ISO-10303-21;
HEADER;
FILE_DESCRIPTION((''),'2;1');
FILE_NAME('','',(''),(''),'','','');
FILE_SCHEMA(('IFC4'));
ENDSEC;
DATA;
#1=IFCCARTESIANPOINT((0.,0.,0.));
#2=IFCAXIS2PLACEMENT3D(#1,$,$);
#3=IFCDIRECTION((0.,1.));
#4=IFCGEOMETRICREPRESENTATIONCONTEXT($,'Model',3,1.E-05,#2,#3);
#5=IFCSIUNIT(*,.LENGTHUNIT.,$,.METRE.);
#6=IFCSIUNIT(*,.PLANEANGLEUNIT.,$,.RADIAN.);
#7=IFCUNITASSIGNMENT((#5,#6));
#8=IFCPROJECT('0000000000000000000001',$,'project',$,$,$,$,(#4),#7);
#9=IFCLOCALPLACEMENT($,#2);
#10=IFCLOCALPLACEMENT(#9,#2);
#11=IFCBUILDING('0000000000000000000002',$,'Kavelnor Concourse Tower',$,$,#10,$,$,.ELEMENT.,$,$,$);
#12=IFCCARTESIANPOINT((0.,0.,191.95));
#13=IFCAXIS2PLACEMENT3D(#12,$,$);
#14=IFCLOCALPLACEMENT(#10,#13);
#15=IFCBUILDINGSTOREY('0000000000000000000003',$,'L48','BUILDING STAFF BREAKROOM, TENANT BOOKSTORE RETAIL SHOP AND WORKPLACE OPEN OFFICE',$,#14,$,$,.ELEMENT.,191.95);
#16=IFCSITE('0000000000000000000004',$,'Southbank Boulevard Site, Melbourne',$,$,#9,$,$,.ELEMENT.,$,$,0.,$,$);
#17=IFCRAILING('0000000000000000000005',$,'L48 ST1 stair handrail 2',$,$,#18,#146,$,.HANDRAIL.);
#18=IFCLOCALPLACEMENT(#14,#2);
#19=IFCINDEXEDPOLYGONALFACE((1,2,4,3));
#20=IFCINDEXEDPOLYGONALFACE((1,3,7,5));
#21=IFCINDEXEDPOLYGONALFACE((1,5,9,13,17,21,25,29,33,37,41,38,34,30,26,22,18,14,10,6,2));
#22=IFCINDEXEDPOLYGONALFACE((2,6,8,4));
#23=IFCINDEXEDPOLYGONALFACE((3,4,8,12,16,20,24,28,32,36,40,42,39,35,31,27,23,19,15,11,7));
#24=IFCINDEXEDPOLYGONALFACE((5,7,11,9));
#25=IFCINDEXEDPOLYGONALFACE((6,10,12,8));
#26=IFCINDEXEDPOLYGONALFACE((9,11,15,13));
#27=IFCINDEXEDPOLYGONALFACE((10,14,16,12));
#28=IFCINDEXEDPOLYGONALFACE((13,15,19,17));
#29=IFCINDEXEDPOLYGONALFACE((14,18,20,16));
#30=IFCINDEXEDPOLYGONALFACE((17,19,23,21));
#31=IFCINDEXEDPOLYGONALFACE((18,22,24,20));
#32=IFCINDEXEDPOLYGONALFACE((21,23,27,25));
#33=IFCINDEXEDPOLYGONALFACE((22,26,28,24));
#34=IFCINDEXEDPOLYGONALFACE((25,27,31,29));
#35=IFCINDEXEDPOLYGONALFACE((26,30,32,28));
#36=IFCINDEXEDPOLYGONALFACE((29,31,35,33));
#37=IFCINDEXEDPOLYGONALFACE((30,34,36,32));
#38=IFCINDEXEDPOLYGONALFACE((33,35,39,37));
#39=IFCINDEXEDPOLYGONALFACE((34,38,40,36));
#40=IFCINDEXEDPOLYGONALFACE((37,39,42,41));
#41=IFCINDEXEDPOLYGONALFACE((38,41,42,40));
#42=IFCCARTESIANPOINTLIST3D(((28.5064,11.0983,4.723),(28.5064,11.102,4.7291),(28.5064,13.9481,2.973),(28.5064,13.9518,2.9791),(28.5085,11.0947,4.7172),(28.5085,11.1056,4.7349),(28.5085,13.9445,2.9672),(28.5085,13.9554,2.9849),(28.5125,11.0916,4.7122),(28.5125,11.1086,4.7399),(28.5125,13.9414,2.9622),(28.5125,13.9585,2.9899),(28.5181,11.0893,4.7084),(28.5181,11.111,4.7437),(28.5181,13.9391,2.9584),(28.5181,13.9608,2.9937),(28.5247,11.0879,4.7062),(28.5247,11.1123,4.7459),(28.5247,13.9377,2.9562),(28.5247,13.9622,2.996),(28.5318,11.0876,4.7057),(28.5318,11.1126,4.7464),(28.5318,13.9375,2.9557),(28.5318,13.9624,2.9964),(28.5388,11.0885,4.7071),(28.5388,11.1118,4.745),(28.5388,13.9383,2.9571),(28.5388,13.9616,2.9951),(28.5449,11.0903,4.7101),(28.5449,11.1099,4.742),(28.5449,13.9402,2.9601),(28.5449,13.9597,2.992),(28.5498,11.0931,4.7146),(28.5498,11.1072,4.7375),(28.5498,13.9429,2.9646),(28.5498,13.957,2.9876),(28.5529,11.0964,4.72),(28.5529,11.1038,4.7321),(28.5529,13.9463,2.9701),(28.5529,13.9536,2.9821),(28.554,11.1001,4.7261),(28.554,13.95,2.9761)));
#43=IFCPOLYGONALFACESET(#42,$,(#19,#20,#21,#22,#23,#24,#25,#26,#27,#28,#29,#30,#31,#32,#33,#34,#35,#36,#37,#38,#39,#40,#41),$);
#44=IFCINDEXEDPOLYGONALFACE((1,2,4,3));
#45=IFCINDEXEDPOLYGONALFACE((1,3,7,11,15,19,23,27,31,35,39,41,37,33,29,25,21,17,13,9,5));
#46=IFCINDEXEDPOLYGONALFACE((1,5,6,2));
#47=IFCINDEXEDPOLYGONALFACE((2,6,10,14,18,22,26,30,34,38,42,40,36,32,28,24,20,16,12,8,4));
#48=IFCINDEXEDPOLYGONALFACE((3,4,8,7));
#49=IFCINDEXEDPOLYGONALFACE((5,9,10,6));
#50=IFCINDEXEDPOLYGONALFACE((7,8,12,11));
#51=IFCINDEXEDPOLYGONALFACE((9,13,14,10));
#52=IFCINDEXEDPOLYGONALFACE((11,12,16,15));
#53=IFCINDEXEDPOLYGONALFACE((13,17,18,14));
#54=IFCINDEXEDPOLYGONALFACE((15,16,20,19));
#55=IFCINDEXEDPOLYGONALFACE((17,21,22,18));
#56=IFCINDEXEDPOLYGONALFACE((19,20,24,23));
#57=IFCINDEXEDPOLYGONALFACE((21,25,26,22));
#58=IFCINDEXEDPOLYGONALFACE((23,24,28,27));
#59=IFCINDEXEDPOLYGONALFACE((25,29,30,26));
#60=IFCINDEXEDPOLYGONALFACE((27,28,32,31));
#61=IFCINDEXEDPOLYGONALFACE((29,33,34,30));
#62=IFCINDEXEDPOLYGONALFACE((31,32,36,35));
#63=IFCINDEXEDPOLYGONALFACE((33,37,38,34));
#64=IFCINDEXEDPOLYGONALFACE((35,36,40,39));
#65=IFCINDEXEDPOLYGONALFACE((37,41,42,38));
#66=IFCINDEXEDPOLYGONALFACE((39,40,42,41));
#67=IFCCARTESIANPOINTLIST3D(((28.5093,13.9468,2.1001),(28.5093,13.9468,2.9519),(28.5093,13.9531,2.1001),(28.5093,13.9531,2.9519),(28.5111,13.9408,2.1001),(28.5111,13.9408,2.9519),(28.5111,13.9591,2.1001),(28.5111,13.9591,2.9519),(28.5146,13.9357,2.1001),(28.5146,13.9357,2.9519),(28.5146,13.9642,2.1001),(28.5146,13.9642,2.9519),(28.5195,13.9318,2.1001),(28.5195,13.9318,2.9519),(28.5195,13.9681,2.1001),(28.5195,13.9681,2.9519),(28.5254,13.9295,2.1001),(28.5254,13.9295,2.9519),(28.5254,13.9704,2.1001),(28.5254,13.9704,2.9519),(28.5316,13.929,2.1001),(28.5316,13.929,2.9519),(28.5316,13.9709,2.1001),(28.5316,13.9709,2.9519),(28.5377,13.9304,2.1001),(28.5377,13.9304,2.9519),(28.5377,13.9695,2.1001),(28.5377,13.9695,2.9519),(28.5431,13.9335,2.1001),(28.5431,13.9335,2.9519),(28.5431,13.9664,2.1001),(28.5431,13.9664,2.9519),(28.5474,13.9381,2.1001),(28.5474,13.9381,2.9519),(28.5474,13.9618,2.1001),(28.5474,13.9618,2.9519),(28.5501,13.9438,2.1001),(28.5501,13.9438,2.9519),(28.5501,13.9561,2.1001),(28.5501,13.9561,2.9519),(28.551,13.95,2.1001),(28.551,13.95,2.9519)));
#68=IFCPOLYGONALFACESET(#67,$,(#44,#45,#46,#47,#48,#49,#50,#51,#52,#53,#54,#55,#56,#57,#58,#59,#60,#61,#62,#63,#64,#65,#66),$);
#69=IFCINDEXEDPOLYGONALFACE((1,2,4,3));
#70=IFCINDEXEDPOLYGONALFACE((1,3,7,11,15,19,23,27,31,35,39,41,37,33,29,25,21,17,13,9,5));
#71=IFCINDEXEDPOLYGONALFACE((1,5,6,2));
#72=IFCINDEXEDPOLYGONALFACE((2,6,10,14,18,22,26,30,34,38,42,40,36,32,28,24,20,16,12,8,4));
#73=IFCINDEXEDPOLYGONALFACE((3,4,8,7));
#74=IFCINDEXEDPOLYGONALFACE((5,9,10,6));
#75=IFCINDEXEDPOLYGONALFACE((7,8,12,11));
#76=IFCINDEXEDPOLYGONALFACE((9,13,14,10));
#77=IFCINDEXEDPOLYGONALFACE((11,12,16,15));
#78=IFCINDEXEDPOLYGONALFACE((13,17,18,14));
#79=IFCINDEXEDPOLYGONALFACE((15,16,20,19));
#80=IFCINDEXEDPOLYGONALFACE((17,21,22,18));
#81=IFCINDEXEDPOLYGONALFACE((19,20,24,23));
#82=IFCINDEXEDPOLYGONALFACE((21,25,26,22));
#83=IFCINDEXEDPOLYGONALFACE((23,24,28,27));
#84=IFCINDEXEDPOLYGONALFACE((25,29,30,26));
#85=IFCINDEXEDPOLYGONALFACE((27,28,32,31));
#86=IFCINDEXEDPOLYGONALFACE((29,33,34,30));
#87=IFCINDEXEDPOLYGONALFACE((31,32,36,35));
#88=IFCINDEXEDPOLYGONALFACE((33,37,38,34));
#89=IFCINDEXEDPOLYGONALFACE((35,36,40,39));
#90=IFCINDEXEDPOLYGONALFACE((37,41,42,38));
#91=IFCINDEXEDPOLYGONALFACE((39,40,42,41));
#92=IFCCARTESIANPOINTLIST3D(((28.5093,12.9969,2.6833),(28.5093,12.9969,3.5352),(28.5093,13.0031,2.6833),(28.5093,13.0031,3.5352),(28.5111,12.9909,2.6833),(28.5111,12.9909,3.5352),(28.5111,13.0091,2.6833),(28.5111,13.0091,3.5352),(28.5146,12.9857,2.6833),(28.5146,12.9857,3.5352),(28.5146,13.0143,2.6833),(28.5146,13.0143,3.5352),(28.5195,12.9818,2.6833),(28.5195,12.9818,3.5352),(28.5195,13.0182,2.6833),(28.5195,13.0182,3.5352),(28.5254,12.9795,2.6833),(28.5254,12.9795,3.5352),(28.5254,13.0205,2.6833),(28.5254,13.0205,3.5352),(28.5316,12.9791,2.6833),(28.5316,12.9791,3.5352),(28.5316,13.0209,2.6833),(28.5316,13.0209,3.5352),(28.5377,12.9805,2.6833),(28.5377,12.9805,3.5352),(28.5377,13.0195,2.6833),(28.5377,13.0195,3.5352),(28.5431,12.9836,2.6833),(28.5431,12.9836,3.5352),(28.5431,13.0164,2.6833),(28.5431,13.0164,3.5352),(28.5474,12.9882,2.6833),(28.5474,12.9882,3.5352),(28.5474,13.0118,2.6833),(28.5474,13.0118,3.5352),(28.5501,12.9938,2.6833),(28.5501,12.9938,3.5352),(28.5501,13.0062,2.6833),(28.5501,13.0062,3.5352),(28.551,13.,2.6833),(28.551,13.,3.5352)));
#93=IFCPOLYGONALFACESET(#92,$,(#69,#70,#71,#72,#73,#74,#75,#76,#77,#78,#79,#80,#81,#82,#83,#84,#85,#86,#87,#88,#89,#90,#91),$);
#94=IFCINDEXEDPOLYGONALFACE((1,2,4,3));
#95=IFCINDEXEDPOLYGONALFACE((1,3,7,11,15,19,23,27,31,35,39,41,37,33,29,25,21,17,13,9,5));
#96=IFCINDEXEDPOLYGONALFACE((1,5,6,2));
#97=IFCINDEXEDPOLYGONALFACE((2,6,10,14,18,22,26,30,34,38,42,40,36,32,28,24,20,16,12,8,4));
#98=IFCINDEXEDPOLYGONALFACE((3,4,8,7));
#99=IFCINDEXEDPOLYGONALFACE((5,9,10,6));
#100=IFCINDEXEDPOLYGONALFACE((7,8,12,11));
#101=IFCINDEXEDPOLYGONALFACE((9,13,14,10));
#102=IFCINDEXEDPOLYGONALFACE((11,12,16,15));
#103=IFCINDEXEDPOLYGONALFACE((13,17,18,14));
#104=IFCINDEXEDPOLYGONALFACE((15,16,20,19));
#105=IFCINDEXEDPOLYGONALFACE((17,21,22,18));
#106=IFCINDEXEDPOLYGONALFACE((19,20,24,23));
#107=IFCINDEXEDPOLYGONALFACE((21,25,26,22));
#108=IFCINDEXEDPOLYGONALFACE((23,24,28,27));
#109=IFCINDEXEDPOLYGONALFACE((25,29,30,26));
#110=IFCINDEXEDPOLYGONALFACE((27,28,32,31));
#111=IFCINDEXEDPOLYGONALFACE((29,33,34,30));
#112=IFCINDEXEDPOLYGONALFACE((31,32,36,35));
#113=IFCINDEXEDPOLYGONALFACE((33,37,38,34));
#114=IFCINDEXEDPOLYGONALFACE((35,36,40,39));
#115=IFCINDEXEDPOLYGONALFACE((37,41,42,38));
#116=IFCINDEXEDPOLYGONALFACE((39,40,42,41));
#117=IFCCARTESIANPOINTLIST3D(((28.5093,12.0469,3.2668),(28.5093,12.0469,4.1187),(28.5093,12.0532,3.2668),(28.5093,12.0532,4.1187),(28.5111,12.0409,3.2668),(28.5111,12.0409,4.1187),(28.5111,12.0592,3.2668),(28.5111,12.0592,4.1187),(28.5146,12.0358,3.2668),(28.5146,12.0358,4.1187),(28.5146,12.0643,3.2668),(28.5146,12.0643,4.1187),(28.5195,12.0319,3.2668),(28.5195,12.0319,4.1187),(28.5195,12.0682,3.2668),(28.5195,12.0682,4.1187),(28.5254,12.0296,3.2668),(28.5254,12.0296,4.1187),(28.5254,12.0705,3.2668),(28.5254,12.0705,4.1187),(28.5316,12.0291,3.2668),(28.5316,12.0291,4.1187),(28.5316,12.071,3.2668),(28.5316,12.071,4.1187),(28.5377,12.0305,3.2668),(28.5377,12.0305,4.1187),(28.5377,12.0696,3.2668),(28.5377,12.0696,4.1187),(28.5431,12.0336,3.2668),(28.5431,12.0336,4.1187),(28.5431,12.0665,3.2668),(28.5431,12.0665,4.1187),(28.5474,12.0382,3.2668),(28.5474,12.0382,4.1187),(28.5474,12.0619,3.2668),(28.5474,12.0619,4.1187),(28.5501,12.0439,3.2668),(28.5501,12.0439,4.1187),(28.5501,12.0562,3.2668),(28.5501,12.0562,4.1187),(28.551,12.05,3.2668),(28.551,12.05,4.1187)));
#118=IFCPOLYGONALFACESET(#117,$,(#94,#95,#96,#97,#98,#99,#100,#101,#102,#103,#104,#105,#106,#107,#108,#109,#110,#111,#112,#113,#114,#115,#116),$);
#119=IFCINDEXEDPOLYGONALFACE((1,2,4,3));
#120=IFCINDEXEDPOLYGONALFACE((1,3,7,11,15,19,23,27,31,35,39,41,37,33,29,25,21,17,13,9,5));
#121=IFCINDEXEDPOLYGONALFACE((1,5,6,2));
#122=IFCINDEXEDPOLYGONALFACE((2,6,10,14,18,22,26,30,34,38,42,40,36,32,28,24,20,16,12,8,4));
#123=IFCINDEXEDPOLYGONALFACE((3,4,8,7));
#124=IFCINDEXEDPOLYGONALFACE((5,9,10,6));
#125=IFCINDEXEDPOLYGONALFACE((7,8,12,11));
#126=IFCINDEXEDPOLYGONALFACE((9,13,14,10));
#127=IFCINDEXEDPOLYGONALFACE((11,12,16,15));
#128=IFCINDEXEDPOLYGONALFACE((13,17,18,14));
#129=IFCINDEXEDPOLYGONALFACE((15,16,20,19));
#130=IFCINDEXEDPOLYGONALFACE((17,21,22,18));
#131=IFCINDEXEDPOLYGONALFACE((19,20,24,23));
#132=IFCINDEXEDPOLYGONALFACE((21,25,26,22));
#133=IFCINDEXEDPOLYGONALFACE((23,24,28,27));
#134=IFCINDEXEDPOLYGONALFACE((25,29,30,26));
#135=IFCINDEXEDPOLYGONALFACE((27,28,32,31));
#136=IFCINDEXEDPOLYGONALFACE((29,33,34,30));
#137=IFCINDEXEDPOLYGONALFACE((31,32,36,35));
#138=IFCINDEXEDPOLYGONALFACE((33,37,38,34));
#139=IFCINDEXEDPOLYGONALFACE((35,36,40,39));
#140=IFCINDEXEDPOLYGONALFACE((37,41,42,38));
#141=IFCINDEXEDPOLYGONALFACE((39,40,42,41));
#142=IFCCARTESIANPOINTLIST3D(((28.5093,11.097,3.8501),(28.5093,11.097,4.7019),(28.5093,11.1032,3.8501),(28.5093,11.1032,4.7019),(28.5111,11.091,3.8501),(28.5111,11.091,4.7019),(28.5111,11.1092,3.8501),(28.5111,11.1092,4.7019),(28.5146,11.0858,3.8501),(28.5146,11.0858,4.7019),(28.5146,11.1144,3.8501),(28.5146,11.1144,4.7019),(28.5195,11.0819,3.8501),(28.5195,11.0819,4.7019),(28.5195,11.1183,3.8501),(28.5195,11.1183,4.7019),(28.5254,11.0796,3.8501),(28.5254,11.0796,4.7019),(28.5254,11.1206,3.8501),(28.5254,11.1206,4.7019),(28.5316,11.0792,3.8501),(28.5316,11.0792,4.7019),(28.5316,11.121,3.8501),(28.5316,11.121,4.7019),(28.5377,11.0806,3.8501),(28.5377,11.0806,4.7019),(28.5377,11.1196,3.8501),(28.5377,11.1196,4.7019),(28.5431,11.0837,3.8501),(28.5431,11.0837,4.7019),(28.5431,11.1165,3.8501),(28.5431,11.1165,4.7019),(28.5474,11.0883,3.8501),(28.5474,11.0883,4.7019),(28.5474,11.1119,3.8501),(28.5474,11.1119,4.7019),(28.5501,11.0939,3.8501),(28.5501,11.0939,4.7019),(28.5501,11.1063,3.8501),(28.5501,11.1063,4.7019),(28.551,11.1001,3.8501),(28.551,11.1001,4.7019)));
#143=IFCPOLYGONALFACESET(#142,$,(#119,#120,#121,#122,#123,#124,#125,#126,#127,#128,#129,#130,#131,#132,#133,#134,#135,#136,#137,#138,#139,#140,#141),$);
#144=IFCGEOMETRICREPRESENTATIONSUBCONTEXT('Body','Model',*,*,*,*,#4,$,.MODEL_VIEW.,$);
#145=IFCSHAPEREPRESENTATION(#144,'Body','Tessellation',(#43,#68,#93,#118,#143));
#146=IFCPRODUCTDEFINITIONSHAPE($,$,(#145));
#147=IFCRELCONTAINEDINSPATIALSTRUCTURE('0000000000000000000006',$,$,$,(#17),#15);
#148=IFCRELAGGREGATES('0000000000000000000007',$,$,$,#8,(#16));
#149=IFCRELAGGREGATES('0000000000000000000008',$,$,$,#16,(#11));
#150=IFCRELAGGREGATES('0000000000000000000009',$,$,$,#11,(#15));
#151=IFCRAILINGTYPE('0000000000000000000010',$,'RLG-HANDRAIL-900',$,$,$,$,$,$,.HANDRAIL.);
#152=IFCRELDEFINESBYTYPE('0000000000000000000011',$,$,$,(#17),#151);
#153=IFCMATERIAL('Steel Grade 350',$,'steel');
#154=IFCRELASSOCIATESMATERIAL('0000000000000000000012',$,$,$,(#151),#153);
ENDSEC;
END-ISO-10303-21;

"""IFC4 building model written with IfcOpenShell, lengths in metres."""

from ifc_helpers import new_model, si_unit, direction, frame, origin, origin_2d, place, context, subcontext, project, spatial, circle, extrude, material, type_object, element, save


model = new_model("IFC4")

# Units and contexts
model_context = context("Model", 3, precision=1e-05, world=origin(), true_north=direction((0.0, 1.0)))
body_context = subcontext(model_context, "Body", "Model", "MODEL_VIEW")
ifc_project = project(units=[si_unit("LENGTHUNIT", "METRE"), si_unit("PLANEANGLEUNIT", "RADIAN")], contexts=[model_context])

# Site, building, storey
site_placement = place(None, origin())
site = spatial("IfcSite", under=ifc_project, at=site_placement, Name="Southbank Boulevard Site, Melbourne", CompositionType="ELEMENT", RefElevation=0.0)
building_placement = place(site_placement, origin())
building = spatial("IfcBuilding", under=site, at=building_placement, Name="Kavelnor Concourse Tower", CompositionType="ELEMENT")
storey_placement = place(building_placement, frame((0.0, 0.0, 191.95)))
storey = spatial("IfcBuildingStorey", under=building, at=storey_placement, Name="L48", Description="BUILDING STAFF BREAKROOM, TENANT BOOKSTORE RETAIL SHOP AND WORKPLACE OPEN OFFICE", CompositionType="ELEMENT", Elevation=191.95)

# Shared definitions
ifc_material_1 = material(Name="Steel Grade 350", Category="steel")

# Railing
railing_type_1 = type_object("IfcRailingType", Name="RLG-HANDRAIL-900", PredefinedType="HANDRAIL", material=ifc_material_1)
railing_1_placement = place(storey_placement, frame((28.53, 13.95, 2.1001)))
element("IfcRailing", 1, at=railing_1_placement, inside=storey, type_object=railing_type_1, Name="L48 ST1 stair handrail 2", PredefinedType="HANDRAIL", context=body_context, shape_type="SweptSolid", body=[
    extrude(circle(Radius=0.0239, at=origin_2d()), frame((0.0, 0.0, 0.876), z_axis=(0.0, -0.852159, 0.523283), x_axis=(1.0, 0.0, 0.0)), (0.0, 0.0, 1.0), 3.3442),
    extrude(circle(Radius=0.021, at=origin_2d()), origin(), (0.0, 0.0, 1.0), 0.8518),
    extrude(circle(Radius=0.021, at=origin_2d()), frame((0.0, -0.95, 0.5833)), (0.0, 0.0, 1.0), 0.8518),
    extrude(circle(Radius=0.021, at=origin_2d()), frame((0.0, -1.8999, 1.1667)), (0.0, 0.0, 1.0), 0.8518),
    extrude(circle(Radius=0.021, at=origin_2d()), frame((0.0, -2.8499, 1.75)), (0.0, 0.0, 1.0), 0.8518),
])

save(model, "model.ifc")
